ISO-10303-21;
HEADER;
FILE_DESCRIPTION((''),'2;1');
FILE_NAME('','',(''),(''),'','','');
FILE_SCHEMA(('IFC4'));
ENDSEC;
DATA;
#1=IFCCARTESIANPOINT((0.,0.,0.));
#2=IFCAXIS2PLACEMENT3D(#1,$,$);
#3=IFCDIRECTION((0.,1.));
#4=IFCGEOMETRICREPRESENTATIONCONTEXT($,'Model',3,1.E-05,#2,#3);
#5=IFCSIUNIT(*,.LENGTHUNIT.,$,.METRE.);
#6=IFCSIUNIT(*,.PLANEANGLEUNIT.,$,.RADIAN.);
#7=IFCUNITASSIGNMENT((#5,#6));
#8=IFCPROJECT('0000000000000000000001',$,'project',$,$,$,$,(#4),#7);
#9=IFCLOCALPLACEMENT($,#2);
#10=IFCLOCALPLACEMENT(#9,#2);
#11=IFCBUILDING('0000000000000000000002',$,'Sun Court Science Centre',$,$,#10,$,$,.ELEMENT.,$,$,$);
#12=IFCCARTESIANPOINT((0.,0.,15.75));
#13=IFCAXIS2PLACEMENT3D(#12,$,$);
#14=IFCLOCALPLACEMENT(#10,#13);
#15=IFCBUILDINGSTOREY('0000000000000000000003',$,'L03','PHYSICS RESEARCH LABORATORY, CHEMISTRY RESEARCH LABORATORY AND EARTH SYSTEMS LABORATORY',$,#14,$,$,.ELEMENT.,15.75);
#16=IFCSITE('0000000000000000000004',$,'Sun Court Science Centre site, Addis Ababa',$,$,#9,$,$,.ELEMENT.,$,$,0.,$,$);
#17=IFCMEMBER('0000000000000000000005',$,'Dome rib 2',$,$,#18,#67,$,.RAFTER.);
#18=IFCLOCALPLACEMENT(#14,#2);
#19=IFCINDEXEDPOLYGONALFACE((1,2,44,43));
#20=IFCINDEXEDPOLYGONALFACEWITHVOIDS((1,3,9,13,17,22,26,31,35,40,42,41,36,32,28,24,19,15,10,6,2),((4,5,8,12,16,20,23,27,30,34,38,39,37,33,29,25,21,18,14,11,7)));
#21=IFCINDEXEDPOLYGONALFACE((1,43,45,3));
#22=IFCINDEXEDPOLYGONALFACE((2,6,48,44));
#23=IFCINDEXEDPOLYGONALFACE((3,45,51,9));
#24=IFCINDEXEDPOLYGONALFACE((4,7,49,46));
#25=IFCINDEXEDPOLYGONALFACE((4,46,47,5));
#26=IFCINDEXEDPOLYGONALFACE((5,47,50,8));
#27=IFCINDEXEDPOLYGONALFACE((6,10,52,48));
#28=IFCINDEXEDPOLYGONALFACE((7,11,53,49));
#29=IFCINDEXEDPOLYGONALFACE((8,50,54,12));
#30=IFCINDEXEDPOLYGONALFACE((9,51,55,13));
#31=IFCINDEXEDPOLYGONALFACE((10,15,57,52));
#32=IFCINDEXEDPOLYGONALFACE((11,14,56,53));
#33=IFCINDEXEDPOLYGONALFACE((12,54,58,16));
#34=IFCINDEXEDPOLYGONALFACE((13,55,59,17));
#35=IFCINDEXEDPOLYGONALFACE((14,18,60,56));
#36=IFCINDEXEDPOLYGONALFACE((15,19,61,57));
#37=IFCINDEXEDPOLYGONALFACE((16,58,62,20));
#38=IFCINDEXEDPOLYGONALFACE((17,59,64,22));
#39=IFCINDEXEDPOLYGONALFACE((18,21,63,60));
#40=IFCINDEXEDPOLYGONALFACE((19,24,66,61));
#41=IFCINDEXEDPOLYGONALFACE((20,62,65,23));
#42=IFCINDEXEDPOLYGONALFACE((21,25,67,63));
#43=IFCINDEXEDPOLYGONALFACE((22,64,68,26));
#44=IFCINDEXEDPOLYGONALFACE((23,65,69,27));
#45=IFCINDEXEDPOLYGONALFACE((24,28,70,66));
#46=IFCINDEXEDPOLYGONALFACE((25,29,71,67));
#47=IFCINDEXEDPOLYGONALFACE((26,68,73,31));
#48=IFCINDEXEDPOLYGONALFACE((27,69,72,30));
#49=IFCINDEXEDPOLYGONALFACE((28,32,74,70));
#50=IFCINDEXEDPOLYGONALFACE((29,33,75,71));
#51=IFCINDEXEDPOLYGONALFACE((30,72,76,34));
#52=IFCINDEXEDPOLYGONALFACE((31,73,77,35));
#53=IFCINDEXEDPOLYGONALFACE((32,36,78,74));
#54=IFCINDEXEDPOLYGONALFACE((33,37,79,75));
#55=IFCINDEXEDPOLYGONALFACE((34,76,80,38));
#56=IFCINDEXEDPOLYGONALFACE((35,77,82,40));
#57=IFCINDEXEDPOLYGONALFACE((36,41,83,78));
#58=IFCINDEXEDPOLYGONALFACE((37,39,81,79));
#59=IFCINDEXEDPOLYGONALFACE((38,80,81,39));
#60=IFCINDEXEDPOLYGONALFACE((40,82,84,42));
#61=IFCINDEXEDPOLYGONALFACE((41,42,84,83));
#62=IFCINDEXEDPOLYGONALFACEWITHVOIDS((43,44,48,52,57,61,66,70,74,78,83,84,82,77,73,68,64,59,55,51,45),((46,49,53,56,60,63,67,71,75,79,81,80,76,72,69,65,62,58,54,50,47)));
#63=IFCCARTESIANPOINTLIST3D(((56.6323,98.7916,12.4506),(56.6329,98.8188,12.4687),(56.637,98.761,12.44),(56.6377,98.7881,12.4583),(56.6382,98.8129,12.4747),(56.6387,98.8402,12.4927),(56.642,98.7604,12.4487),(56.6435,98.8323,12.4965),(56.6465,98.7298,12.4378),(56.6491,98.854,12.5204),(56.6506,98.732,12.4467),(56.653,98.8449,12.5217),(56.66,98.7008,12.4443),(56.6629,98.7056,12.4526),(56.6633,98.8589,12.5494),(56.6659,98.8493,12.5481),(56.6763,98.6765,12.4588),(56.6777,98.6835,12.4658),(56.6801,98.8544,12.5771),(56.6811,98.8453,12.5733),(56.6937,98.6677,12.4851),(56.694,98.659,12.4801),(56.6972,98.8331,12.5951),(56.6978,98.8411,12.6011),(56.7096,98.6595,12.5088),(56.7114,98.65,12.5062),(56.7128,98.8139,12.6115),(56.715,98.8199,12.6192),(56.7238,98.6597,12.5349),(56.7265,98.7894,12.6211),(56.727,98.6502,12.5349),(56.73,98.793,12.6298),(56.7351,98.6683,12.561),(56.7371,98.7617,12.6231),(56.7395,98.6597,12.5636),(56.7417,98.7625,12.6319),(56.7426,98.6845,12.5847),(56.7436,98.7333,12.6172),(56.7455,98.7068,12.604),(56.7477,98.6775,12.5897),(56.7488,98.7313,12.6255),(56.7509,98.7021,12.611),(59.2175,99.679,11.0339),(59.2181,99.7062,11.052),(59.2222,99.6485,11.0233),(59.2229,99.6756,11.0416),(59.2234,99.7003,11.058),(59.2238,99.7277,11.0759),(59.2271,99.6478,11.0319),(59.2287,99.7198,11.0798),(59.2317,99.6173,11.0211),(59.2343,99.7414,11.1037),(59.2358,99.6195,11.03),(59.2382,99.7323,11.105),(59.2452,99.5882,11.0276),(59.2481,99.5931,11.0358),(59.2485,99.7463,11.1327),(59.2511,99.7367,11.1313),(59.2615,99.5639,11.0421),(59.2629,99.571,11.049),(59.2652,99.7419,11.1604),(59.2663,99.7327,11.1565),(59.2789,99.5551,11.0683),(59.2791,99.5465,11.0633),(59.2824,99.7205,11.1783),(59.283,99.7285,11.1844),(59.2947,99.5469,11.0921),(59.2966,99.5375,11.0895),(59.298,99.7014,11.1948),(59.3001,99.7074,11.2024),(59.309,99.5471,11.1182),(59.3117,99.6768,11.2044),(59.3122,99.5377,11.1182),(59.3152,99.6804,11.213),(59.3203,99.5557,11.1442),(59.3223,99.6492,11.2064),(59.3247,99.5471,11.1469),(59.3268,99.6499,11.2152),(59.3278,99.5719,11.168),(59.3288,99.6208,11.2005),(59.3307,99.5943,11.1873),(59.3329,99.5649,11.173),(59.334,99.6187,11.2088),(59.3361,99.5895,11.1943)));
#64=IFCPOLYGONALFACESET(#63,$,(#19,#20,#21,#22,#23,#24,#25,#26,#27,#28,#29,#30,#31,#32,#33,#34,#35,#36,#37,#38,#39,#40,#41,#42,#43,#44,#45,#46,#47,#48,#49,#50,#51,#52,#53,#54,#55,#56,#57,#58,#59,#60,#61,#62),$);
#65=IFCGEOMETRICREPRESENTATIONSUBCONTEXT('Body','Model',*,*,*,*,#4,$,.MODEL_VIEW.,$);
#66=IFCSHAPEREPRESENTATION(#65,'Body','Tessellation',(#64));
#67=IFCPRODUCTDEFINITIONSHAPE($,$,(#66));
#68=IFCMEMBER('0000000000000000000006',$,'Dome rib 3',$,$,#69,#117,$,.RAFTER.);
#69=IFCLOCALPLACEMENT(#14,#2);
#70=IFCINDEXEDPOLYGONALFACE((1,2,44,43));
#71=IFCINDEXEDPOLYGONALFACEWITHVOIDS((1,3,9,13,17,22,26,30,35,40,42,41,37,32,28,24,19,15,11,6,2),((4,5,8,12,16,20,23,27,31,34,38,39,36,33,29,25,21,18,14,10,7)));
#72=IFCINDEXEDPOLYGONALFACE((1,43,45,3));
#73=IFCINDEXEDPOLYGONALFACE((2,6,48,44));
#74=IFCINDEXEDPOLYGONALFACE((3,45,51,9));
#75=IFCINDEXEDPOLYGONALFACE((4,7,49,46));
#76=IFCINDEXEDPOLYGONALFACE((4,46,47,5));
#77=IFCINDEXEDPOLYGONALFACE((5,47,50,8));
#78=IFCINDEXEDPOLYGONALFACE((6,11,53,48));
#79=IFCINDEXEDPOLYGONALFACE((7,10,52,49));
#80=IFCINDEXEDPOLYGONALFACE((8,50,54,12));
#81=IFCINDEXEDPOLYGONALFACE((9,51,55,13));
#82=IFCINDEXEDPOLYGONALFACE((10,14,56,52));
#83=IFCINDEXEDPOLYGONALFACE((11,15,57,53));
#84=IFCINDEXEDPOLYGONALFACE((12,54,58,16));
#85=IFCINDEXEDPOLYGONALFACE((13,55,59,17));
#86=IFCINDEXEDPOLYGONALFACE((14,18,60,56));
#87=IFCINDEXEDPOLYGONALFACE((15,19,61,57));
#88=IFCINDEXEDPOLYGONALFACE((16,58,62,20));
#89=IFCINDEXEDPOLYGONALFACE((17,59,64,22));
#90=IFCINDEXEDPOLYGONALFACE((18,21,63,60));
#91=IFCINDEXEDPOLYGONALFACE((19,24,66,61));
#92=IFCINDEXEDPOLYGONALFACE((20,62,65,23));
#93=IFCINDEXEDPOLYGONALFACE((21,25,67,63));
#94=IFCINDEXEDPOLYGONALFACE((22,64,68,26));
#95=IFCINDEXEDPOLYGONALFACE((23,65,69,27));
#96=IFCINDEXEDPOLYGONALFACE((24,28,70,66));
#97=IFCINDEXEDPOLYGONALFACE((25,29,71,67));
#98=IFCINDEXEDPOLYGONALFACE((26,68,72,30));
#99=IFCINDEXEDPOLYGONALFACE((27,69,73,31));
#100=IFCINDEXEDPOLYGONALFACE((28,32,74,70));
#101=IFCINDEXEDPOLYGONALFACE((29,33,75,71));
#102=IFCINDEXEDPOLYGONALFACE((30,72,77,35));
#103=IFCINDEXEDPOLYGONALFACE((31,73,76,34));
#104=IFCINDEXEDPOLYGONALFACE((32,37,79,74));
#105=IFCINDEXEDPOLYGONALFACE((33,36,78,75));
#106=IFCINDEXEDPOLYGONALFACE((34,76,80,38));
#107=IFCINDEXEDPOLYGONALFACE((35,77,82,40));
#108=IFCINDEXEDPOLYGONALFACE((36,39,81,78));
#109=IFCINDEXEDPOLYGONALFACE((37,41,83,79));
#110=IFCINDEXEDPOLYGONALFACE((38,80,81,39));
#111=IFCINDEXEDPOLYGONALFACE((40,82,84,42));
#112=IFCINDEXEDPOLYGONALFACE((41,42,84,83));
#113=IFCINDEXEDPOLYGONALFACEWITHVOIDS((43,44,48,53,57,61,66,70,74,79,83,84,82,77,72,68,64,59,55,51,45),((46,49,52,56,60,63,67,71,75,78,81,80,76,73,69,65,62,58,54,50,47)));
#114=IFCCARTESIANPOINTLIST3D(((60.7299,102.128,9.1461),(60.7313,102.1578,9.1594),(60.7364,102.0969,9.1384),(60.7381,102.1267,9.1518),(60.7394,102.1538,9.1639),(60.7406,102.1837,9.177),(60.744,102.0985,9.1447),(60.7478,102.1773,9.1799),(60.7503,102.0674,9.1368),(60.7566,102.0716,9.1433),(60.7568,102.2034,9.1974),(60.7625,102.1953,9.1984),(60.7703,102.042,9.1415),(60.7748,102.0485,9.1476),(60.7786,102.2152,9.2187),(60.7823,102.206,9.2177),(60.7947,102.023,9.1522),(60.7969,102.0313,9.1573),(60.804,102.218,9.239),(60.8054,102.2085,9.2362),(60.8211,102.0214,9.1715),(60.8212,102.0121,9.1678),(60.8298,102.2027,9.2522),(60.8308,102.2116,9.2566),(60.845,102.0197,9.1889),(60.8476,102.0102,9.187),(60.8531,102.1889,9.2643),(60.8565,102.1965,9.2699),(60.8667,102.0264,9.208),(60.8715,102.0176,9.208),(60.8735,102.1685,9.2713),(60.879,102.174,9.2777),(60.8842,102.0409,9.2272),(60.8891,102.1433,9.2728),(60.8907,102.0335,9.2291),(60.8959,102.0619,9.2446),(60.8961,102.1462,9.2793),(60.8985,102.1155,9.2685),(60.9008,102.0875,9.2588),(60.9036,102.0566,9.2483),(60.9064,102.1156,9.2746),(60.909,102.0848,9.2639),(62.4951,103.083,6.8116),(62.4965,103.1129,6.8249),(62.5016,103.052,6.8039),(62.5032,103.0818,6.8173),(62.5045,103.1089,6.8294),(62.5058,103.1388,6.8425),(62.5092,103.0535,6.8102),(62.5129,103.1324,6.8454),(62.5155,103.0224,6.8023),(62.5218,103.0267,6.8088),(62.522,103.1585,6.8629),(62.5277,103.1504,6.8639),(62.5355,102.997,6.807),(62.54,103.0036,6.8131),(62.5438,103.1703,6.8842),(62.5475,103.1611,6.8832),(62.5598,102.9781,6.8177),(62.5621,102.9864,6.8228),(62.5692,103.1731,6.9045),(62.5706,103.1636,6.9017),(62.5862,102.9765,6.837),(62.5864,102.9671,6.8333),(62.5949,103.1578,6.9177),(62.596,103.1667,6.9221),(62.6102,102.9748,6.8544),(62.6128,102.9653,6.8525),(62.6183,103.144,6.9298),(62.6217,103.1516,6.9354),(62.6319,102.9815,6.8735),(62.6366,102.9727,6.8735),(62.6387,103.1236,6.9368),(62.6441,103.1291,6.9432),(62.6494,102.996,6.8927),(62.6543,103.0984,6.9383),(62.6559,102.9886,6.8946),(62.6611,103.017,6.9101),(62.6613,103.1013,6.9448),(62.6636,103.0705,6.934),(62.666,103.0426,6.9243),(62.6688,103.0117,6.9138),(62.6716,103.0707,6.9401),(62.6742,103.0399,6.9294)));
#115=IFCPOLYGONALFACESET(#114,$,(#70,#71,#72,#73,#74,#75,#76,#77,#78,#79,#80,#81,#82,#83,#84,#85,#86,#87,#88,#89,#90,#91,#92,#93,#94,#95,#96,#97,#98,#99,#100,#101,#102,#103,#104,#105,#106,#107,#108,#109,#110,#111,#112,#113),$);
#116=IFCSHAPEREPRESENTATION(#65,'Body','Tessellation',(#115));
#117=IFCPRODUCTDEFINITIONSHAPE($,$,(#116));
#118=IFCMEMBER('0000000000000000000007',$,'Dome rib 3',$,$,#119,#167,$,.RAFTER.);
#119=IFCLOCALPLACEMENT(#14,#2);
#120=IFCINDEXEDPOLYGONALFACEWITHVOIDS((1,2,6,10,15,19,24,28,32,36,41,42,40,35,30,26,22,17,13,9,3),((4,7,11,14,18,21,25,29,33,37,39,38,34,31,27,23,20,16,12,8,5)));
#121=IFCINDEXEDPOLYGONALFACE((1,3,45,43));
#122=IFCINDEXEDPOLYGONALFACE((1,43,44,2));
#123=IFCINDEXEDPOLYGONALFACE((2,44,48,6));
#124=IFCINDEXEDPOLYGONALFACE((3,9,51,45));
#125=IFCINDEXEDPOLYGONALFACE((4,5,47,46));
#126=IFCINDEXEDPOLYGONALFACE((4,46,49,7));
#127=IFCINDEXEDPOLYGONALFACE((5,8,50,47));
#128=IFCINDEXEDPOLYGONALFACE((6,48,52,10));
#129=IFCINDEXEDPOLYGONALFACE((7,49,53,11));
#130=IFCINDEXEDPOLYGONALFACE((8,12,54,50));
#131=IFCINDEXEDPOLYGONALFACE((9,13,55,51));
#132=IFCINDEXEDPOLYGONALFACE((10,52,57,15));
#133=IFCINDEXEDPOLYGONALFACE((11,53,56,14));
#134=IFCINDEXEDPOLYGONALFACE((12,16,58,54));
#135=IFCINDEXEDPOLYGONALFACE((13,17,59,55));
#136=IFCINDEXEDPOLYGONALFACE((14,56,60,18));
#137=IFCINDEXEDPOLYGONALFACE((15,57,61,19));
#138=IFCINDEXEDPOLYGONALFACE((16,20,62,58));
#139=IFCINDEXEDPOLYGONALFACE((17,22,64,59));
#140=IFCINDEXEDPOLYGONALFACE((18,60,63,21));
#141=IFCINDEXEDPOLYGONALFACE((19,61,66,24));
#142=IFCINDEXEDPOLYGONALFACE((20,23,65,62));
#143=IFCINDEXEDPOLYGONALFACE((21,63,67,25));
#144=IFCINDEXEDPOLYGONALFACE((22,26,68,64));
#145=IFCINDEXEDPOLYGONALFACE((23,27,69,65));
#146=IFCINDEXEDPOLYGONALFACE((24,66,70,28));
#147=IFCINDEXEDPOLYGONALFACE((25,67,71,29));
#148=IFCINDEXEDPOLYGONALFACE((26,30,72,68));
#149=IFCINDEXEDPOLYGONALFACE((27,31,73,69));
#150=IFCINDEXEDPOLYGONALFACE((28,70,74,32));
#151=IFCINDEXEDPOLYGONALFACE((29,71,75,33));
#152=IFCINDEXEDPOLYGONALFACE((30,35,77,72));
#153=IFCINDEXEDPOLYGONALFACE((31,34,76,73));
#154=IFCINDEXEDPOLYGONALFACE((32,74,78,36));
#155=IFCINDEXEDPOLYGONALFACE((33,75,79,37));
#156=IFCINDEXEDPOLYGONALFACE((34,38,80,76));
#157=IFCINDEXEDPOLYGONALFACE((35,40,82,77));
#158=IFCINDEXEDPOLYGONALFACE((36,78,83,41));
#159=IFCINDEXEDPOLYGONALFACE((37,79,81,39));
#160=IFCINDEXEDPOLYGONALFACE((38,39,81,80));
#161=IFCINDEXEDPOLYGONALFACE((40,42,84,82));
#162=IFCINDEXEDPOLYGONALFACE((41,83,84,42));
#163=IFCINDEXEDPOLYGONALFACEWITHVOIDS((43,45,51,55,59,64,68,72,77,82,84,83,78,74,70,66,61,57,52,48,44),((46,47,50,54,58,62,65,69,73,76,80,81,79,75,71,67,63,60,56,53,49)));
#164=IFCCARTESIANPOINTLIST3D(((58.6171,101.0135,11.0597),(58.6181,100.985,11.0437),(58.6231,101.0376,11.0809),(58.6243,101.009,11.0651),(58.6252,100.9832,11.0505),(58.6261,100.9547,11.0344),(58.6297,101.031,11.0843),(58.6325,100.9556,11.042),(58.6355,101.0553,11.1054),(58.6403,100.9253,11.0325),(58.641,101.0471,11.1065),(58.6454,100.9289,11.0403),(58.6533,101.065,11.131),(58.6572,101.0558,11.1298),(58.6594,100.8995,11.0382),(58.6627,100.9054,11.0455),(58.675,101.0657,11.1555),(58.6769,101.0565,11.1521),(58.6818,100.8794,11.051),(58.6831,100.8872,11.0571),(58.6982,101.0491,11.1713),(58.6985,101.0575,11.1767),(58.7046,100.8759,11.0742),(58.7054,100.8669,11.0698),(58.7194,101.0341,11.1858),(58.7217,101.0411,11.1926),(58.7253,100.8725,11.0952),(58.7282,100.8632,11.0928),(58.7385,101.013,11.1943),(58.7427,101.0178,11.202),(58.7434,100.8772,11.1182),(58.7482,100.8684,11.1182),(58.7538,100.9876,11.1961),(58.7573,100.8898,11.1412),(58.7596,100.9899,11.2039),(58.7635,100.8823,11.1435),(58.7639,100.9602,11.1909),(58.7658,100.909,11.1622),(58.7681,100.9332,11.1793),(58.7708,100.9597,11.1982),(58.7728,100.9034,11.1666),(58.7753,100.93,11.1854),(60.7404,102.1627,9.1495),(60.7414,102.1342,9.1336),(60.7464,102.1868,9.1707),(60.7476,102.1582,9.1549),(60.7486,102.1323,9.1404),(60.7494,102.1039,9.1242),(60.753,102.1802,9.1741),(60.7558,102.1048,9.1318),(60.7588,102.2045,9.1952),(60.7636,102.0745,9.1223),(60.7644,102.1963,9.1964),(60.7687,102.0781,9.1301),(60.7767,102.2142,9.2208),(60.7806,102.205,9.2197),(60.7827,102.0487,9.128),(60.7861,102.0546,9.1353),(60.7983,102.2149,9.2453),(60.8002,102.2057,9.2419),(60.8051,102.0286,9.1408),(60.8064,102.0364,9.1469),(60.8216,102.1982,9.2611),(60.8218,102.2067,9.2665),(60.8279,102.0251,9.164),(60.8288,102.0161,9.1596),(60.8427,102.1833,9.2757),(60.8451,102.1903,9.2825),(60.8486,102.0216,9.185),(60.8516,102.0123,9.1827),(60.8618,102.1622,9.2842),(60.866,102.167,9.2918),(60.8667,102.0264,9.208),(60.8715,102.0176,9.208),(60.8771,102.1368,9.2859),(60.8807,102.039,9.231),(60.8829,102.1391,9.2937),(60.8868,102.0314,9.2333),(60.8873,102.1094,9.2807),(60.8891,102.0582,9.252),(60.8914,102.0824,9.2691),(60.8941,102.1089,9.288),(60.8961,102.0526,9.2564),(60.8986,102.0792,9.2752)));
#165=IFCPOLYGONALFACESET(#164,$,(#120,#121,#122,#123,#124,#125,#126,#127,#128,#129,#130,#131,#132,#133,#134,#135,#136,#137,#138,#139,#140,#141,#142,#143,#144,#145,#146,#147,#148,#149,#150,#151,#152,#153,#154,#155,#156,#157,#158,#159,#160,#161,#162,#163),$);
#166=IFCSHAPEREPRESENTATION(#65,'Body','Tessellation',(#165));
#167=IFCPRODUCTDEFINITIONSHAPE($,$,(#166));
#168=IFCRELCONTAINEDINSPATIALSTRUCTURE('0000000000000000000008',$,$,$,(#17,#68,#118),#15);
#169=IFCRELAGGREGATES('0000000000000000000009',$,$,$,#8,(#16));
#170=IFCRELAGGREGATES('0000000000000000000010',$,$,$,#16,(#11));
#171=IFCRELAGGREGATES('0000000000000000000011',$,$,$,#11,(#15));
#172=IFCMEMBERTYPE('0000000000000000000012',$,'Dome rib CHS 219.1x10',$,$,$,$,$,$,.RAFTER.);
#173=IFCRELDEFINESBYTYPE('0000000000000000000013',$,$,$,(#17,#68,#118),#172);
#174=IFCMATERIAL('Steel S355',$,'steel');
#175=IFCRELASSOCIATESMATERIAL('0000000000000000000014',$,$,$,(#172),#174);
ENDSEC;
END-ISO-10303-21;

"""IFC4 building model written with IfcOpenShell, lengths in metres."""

from ifc_helpers import new_model, si_unit, direction, frame, origin, origin_2d, place, context, subcontext, project, spatial, hollow_circle, extrude, material, material_profile, profile_set, type_object, element, save


model = new_model("IFC4")

# Units and contexts
model_context = context("Model", 3, precision=1e-05, world=origin(), true_north=direction((0.0, 1.0)))
body_context = subcontext(model_context, "Body", "Model", "MODEL_VIEW")
ifc_project = project(units=[si_unit("LENGTHUNIT", "METRE"), si_unit("PLANEANGLEUNIT", "RADIAN")], contexts=[model_context])

# Site, building, storey
site_placement = place(None, origin())
site = spatial("IfcSite", under=ifc_project, at=site_placement, Name="Sun Court Science Centre site, Addis Ababa", CompositionType="ELEMENT", RefElevation=0.0)
building_placement = place(site_placement, origin())
building = spatial("IfcBuilding", under=site, at=building_placement, Name="Sun Court Science Centre", CompositionType="ELEMENT")
storey_placement = place(building_placement, frame((0.0, 0.0, 15.75)))
storey = spatial("IfcBuildingStorey", under=building, at=storey_placement, Name="L03", Description="PHYSICS RESEARCH LABORATORY, CHEMISTRY RESEARCH LABORATORY AND EARTH SYSTEMS LABORATORY", CompositionType="ELEMENT", Elevation=15.75)

# Members
ifc_material_1 = material(Name="Steel S355", Category="steel")
ifc_material_profile_1 = material_profile(ifc_material_1, hollow_circle(Radius=0.1096, WallThickness=0.01, at=origin_2d()), Name="CHS 219.1x10")
ifc_profile_set_1 = profile_set([ifc_material_profile_1], Name="Steel S355")
member_type_1 = type_object("IfcMemberType", Name="Dome rib CHS 219.1x10", PredefinedType="RAFTER", material=ifc_profile_set_1)
for number, where, z_axis, x_axis, name in (
    (1, (59.2766, 99.6414, 11.1182), (-0.839723, -0.288261, 0.460186), (0.324683, -0.945823, 0.0), "Dome rib 2"),
    (2, (62.5845, 103.0691, 6.8735), (-0.573361, -0.310233, 0.758296), (0.475883, -0.879508, 0.0), "Dome rib 3"),
    (3, (60.8193, 102.114, 9.208), (-0.689698, -0.373279, 0.620467), (0.47598, -0.879456, 0.0), "Dome rib 3"),
):
    element("IfcMember", number, at=place(storey_placement, frame(where, z_axis=z_axis, x_axis=x_axis)), inside=storey, type_object=member_type_1, Name=name, PredefinedType="RAFTER", context=body_context, shape_type="SweptSolid", body=[
        extrude(hollow_circle(Radius=0.1096, WallThickness=0.01, at=origin_2d()), origin(), (0.0, 0.0, 1.0), 3.0786),
    ])

save(model, "model.ifc")
